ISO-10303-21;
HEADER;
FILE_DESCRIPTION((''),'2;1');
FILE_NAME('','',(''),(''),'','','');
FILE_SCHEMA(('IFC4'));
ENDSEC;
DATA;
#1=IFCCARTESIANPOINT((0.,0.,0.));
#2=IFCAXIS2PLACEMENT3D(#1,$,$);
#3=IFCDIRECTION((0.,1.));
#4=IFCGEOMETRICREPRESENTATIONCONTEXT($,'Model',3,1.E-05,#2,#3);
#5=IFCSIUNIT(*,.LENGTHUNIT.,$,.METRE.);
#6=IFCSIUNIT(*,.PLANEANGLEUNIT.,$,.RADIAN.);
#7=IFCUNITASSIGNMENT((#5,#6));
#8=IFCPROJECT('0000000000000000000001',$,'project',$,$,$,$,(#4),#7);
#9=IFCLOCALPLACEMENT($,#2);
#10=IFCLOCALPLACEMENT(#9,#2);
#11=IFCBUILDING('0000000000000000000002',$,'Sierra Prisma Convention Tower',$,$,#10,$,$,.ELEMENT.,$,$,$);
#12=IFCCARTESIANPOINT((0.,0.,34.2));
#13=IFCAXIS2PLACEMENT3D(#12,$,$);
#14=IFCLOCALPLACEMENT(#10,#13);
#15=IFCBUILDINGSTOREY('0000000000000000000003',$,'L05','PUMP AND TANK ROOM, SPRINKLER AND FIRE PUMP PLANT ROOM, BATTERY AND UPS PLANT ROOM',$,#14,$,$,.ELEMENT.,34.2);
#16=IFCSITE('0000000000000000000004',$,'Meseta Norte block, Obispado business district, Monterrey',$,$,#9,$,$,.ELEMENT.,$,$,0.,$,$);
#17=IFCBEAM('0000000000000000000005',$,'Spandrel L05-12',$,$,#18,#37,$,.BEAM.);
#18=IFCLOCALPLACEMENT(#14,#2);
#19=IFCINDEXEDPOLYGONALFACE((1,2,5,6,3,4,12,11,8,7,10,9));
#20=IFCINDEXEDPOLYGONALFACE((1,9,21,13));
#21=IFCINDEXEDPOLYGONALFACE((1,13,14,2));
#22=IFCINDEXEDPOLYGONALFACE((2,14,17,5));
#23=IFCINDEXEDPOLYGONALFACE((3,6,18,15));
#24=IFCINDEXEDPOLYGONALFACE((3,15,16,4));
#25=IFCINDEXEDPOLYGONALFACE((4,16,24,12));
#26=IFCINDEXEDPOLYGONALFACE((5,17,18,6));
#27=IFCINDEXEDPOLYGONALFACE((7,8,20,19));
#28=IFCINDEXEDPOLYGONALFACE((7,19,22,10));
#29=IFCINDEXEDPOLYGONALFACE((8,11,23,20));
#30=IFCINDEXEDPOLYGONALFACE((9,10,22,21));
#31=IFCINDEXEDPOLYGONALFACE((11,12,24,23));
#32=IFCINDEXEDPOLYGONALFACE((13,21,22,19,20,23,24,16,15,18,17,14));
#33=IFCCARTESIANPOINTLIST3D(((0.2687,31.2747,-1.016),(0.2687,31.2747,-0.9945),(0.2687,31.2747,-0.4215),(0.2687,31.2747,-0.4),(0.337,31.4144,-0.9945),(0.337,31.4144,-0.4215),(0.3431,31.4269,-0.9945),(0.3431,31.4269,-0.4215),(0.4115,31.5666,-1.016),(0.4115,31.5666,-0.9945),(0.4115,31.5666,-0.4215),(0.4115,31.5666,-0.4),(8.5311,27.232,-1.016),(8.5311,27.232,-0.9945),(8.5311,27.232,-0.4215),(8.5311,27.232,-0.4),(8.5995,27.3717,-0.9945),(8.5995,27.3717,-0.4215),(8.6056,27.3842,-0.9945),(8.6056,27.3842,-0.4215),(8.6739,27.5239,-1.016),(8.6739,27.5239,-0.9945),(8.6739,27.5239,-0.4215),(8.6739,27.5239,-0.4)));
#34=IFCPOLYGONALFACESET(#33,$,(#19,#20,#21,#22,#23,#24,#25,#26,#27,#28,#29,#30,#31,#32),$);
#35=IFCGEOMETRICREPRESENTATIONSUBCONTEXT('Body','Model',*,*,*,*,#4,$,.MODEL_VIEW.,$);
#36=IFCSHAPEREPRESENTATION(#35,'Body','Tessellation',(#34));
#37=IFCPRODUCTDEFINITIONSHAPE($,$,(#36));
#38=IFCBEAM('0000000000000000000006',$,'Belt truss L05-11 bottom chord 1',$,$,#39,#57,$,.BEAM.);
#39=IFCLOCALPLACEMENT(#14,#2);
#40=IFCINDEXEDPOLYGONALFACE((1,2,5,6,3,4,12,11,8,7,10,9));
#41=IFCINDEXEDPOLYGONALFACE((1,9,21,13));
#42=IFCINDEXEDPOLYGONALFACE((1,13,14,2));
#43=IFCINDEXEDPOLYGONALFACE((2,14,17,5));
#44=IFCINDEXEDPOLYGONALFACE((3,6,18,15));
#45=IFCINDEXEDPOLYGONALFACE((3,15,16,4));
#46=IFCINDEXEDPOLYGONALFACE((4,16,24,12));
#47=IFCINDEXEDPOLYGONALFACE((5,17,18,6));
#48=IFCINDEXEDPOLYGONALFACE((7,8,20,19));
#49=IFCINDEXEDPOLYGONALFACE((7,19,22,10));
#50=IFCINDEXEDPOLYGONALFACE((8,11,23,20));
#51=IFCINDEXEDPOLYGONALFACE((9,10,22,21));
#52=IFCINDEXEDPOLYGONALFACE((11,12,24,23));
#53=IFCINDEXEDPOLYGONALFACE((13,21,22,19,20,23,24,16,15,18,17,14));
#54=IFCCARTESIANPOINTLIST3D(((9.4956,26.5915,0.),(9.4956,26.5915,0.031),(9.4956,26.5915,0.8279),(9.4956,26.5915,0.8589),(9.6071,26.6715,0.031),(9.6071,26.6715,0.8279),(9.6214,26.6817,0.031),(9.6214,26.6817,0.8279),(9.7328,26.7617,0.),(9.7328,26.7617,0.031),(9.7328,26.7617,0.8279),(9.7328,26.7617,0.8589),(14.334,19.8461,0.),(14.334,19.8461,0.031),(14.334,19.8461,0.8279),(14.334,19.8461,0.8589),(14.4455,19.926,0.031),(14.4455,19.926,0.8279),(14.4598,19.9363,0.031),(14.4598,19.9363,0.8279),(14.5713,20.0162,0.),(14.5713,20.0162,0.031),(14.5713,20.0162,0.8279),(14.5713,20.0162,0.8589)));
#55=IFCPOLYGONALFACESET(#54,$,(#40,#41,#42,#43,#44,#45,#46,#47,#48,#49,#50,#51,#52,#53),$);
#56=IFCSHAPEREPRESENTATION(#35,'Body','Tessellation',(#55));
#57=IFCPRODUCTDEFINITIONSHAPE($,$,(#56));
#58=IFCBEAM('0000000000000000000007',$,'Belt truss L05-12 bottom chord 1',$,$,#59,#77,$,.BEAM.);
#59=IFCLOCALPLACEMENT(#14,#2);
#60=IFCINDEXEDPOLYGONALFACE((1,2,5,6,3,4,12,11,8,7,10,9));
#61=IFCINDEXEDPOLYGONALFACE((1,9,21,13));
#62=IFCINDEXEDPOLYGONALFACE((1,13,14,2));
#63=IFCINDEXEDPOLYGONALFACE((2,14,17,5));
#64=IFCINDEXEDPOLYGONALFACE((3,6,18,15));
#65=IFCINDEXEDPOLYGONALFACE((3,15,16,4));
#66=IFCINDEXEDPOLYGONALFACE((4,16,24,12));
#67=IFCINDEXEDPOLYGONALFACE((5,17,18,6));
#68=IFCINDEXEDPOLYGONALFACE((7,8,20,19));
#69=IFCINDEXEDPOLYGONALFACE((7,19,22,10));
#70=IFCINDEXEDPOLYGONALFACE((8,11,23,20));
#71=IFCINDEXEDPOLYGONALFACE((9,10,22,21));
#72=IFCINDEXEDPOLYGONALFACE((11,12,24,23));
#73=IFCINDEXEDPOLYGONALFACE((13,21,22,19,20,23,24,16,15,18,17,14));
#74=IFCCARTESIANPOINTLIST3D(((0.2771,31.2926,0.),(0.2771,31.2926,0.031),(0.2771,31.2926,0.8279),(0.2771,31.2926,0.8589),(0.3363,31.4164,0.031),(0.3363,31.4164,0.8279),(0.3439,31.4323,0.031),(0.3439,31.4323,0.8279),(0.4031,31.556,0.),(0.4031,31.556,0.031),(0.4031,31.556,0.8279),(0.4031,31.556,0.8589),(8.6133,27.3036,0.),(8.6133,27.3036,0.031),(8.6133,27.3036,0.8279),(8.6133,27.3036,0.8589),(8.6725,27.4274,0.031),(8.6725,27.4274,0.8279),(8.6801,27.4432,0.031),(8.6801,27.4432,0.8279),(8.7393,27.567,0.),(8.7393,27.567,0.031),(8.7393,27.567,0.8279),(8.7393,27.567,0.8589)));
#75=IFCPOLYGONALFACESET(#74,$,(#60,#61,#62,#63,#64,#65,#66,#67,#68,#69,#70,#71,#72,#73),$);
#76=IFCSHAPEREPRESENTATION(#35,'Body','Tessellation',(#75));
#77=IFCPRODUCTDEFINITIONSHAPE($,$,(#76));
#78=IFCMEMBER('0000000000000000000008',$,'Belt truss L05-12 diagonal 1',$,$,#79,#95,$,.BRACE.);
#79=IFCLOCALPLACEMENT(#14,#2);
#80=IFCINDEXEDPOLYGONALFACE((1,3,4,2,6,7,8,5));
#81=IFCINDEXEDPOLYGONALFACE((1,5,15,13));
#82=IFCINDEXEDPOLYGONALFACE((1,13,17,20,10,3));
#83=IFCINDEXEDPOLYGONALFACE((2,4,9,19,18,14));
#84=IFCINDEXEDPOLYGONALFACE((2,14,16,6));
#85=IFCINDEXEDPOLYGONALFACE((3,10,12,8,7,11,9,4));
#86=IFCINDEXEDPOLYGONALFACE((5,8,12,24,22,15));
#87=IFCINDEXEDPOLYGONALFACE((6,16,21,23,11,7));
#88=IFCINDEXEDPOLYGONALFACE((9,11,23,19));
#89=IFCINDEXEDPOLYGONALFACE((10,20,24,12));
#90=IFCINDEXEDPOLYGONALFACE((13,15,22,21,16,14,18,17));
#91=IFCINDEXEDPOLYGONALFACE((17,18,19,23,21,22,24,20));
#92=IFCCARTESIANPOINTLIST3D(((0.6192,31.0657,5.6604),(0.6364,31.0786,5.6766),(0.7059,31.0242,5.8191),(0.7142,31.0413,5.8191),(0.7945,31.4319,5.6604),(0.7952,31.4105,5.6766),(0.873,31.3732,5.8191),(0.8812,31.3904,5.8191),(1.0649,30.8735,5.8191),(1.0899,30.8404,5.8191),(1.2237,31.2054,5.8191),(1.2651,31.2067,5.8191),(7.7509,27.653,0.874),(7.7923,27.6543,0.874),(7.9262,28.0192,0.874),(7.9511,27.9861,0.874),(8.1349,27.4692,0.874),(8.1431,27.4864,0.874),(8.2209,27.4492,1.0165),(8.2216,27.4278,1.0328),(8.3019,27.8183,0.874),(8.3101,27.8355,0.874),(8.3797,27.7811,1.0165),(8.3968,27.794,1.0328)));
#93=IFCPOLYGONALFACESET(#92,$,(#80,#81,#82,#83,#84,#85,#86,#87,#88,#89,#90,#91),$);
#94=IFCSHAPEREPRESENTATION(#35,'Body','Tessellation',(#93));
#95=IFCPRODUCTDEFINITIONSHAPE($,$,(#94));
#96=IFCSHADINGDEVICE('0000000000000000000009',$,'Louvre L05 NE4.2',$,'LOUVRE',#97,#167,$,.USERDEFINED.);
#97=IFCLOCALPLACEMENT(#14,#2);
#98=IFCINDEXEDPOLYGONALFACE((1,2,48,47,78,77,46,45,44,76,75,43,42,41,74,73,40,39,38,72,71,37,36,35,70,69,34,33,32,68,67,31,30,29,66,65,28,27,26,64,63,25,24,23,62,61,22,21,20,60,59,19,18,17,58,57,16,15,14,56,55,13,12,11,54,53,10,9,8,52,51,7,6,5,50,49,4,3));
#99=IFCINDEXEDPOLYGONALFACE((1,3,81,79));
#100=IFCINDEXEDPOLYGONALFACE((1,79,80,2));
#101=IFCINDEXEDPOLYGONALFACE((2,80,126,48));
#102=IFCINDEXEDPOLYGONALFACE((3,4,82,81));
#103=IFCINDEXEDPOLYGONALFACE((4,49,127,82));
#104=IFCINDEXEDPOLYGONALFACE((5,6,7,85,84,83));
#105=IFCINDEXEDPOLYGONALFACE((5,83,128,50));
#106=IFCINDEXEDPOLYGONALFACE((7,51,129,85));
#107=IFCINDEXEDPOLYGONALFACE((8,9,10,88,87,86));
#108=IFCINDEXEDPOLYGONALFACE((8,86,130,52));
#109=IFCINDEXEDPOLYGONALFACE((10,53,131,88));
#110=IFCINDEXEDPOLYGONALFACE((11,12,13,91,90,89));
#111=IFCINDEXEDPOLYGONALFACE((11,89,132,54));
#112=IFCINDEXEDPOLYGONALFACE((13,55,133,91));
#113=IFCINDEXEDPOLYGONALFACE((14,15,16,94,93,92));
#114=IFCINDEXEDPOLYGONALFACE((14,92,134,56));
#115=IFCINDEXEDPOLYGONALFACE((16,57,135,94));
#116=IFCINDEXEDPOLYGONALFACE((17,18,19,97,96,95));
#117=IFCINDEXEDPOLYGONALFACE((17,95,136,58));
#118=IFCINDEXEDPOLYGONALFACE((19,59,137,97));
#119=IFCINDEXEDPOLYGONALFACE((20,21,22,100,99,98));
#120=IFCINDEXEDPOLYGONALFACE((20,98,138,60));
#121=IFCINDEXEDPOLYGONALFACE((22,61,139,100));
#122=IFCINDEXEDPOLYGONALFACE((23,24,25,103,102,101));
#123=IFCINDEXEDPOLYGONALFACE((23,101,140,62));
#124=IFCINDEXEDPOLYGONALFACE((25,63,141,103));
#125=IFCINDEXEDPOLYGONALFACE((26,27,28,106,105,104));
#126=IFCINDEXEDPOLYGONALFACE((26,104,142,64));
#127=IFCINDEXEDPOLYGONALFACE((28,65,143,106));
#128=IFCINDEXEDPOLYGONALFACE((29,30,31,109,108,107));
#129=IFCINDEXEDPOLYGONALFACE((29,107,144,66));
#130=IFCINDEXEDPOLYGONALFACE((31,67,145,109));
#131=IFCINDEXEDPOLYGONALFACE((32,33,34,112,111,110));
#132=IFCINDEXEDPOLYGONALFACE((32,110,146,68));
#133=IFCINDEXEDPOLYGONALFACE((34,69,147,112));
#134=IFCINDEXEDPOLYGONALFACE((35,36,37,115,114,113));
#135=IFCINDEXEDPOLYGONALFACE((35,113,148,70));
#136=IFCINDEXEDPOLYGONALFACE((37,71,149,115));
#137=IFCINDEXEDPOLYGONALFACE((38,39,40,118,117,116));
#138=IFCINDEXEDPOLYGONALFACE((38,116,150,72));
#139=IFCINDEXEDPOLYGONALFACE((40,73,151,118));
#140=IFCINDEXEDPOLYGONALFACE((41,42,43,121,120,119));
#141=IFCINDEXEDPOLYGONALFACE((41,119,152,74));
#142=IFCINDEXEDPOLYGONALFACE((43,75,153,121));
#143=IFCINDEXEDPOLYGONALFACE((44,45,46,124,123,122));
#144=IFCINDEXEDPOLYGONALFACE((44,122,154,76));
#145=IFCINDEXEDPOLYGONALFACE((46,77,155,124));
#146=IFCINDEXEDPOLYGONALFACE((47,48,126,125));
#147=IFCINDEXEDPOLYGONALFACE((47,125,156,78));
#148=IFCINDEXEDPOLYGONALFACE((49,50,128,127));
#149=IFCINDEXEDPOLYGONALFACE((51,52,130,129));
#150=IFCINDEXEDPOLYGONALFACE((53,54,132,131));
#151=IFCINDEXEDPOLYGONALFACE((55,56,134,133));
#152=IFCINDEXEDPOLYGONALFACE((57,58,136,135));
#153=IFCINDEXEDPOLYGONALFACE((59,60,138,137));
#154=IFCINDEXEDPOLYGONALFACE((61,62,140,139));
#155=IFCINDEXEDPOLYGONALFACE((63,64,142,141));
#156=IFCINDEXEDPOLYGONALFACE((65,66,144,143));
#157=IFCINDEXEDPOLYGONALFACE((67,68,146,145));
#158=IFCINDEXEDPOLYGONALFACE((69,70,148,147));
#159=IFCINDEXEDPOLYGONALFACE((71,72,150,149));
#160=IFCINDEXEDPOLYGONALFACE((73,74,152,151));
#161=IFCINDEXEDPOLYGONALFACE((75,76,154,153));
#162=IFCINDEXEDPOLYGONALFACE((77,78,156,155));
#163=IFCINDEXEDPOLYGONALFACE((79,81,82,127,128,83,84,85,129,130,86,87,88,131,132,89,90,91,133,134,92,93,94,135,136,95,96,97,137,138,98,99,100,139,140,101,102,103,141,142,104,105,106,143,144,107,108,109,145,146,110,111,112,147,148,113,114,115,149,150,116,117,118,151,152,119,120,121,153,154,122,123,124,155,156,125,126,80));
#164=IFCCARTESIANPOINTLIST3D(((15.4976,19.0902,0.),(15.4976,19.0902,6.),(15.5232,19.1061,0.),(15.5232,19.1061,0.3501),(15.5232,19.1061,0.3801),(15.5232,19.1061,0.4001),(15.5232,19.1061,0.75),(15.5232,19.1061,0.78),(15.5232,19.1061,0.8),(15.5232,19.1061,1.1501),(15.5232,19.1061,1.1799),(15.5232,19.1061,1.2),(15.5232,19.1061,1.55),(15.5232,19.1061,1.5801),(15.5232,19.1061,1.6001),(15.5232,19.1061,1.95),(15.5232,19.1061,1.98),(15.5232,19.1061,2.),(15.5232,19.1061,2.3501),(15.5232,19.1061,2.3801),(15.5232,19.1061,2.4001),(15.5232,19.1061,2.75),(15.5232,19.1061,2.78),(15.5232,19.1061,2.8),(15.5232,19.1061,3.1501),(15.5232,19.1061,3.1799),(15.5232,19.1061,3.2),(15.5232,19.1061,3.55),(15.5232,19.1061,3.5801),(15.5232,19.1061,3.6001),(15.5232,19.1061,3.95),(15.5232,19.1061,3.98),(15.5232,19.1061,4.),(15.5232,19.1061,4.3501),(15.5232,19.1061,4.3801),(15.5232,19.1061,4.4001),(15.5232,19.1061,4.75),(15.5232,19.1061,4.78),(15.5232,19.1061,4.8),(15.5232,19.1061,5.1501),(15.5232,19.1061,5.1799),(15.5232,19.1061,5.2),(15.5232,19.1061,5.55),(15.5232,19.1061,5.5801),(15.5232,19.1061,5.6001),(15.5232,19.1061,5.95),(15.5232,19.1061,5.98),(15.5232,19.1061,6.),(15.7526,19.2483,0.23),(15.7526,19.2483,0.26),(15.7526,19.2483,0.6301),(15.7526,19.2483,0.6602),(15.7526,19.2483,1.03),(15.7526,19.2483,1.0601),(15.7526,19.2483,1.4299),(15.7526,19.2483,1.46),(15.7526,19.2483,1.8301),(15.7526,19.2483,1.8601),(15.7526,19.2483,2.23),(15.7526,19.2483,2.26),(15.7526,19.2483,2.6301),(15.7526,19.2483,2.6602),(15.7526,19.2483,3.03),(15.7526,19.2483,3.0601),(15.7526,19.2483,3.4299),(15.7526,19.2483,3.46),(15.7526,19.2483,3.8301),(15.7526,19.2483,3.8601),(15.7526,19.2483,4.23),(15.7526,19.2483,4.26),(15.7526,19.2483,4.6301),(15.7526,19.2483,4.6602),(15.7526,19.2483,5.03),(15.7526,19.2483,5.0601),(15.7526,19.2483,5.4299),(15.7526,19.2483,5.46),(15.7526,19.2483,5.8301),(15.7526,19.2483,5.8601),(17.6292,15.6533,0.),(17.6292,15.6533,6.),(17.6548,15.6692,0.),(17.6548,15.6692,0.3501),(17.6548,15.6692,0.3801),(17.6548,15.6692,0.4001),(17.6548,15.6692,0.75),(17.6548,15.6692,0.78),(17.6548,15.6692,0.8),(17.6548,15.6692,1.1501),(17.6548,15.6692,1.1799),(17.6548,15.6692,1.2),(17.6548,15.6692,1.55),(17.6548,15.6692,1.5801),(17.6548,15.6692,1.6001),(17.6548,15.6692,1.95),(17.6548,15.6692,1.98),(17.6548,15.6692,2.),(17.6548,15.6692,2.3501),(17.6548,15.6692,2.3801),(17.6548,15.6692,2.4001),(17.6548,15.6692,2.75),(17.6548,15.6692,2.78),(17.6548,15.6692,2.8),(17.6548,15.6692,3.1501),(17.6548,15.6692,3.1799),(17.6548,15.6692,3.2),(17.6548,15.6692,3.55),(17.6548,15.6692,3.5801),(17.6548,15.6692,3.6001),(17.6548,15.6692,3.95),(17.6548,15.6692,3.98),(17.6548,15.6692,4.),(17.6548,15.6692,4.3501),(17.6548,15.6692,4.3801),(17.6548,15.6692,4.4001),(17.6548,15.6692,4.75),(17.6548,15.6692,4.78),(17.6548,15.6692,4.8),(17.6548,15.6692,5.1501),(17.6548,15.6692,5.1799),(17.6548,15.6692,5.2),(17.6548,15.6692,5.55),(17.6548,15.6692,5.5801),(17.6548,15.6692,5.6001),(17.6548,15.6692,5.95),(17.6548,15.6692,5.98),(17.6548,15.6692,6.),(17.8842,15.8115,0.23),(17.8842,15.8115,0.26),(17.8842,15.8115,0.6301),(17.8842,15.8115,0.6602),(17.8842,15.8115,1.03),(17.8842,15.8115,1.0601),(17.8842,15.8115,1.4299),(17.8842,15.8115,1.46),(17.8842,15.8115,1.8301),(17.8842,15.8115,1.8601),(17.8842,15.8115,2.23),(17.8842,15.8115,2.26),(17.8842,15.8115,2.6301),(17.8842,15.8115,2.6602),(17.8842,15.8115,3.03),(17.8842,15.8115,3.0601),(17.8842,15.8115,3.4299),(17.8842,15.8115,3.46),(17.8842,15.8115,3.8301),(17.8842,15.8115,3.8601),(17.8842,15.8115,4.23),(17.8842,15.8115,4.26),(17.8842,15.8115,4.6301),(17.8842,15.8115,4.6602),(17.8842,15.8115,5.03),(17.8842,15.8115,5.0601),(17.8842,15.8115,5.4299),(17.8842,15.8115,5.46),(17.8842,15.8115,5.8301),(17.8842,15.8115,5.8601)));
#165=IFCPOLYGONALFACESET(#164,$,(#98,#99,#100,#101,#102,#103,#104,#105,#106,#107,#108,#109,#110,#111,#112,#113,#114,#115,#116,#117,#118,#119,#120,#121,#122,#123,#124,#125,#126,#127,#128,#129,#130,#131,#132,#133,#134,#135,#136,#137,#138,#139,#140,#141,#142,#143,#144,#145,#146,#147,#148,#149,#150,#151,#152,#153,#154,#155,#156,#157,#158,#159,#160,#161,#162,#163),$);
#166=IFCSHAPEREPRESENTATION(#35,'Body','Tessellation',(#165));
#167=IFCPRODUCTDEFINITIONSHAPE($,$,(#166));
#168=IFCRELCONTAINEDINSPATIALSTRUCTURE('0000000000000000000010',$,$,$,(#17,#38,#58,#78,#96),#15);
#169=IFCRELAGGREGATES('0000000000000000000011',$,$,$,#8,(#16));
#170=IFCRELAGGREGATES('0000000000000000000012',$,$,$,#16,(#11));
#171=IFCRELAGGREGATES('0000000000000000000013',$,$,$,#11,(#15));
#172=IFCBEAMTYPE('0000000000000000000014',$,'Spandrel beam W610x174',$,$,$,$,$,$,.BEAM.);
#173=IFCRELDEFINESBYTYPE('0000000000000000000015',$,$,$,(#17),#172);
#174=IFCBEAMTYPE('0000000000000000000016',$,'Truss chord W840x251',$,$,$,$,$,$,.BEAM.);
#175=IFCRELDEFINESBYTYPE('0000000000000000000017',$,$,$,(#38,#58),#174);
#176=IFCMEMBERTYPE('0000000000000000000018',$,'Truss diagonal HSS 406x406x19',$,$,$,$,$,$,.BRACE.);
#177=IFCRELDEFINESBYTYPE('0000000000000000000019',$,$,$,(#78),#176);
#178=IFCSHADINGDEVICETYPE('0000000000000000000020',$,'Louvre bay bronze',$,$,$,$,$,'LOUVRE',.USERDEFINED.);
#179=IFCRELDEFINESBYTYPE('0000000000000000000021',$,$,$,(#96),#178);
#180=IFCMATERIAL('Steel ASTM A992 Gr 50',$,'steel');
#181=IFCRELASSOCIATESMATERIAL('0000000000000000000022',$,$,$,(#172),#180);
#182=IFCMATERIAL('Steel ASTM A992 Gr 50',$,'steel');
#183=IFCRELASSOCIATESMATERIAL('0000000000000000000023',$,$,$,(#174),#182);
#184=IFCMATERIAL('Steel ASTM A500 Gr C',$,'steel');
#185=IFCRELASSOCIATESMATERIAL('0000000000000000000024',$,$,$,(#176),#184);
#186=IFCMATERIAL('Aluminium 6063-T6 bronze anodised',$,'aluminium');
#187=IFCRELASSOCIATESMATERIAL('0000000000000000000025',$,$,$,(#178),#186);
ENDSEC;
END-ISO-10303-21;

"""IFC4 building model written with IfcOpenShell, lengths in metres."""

from ifc_helpers import new_model, si_unit, direction, frame, origin, origin_2d, place, context, subcontext, project, spatial, polyline, hollow_rectangle, i_section, outline, extrude, clip, halfspace, material, material_profile, profile_set, type_object, element, save


model = new_model("IFC4")

# Units and contexts
model_context = context("Model", 3, precision=1e-05, world=origin(), true_north=direction((0.0, 1.0)))
body_context = subcontext(model_context, "Body", "Model", "MODEL_VIEW")
ifc_project = project(units=[si_unit("LENGTHUNIT", "METRE"), si_unit("PLANEANGLEUNIT", "RADIAN")], contexts=[model_context])

# Site, building, storey
site_placement = place(None, origin())
site = spatial("IfcSite", under=ifc_project, at=site_placement, Name="Meseta Norte block, Obispado business district, Monterrey", CompositionType="ELEMENT", RefElevation=0.0)
building_placement = place(site_placement, origin())
building = spatial("IfcBuilding", under=site, at=building_placement, Name="Sierra Prisma Convention Tower", CompositionType="ELEMENT")
storey_placement = place(building_placement, frame((0.0, 0.0, 34.2)))
storey = spatial("IfcBuildingStorey", under=building, at=storey_placement, Name="L05", Description="PUMP AND TANK ROOM, SPRINKLER AND FIRE PUMP PLANT ROOM, BATTERY AND UPS PLANT ROOM", CompositionType="ELEMENT", Elevation=34.2)

# Beams
ifc_material_1 = material(Name="Steel ASTM A992 Gr 50", Category="steel")
ifc_material_profile_1 = material_profile(ifc_material_1, i_section(OverallWidth=0.325, OverallDepth=0.616, WebThickness=0.0139, FlangeThickness=0.0215, at=origin_2d()), Name="W610x174")
ifc_profile_set_1 = profile_set([ifc_material_profile_1], Name="Steel ASTM A992 Gr 50")
beam_type_1 = type_object("IfcBeamType", Name="Spandrel beam W610x174", PredefinedType="BEAM", material=ifc_profile_set_1)
beam_1_placement = place(storey_placement, frame((8.6025, 27.3779, -0.708), z_axis=(-0.898243, 0.4395, 0.0), x_axis=(-0.4395, -0.898243, 0.0)))
element("IfcBeam", 1, at=beam_1_placement, inside=storey, type_object=beam_type_1, Name="Spandrel L05-12", PredefinedType="BEAM", context=body_context, shape_type="SweptSolid", body=[
    extrude(i_section(OverallWidth=0.325, OverallDepth=0.616, WebThickness=0.0139, FlangeThickness=0.0215, at=origin_2d()), origin(), (0.0, 0.0, 1.0), 9.1985),
])
ifc_material_2 = material(Name="Steel ASTM A992 Gr 50", Category="steel")
ifc_material_profile_2 = material_profile(ifc_material_2, i_section(OverallWidth=0.292, OverallDepth=0.8589, WebThickness=0.0176, FlangeThickness=0.031, at=origin_2d()), Name="W840x251")
ifc_profile_set_2 = profile_set([ifc_material_profile_2], Name="Steel ASTM A992 Gr 50")
beam_type_2 = type_object("IfcBeamType", Name="Truss chord W840x251", PredefinedType="BEAM", material=ifc_profile_set_2)
beam_2_placement = place(storey_placement, frame((14.4526, 19.9312, 0.4294), z_axis=(-0.582853, 0.812577, 0.0), x_axis=(-0.812577, -0.582853, 0.0)))
element("IfcBeam", 2, at=beam_2_placement, inside=storey, type_object=beam_type_2, Name="Belt truss L05-11 bottom chord 1", PredefinedType="BEAM", context=body_context, shape_type="SweptSolid", body=[
    extrude(i_section(OverallWidth=0.292, OverallDepth=0.8589, WebThickness=0.0176, FlangeThickness=0.031, at=origin_2d()), origin(), (0.0, 0.0, 1.0), 8.3013),
])
beam_3_placement = place(storey_placement, frame((8.6763, 27.4353, 0.4294), z_axis=(-0.902044, 0.431644, 0.0), x_axis=(-0.431644, -0.902044, 0.0)))
element("IfcBeam", 3, at=beam_3_placement, inside=storey, type_object=beam_type_2, Name="Belt truss L05-12 bottom chord 1", PredefinedType="BEAM", context=body_context, shape_type="SweptSolid", body=[
    extrude(i_section(OverallWidth=0.292, OverallDepth=0.8589, WebThickness=0.0176, FlangeThickness=0.031, at=origin_2d()), origin(), (0.0, 0.0, 1.0), 9.2415),
])

# Member
ifc_material_3 = material(Name="Steel ASTM A500 Gr C", Category="steel")
ifc_material_profile_3 = material_profile(ifc_material_3, hollow_rectangle(XDim=0.406, YDim=0.406, WallThickness=0.019, at=origin_2d()), Name="Truss diagonal HSS 406x406x19")
ifc_profile_set_3 = profile_set([ifc_material_profile_3], Name="Steel ASTM A500 Gr C")
member_type = type_object("IfcMemberType", Name="Truss diagonal HSS 406x406x19", PredefinedType="BRACE", material=ifc_profile_set_3)
member_1_placement = place(storey_placement, frame((8.2144, 27.6562, 0.8591), z_axis=(-0.771652, 0.369256, 0.517883), x_axis=(-0.43165, -0.902041, 0.0)))
element("IfcMember", 4, at=member_1_placement, inside=storey, type_object=member_type, Name="Belt truss L05-12 diagonal 1", PredefinedType="BRACE", context=body_context, shape_type="SweptSolid", body=[
    clip(clip(extrude(hollow_rectangle(XDim=0.406, YDim=0.406, WallThickness=0.019, at=origin_2d()), origin(), (0.0, 0.0, 1.0), 9.6062), halfspace(frame((0.0, 0.0127, 0.0078), z_axis=(0.0, 0.855451, 0.517883), x_axis=(1.0, 0.0, 0.0)), True)), halfspace(frame((0.0, -0.0127, 9.5984), z_axis=(0.0, -0.855451, -0.517883), x_axis=(1.0, 0.0, 0.0)), True)),
])

# Shading device
ifc_material_4 = material(Name="Aluminium 6063-T6 bronze anodised", Category="aluminium")
shading_device_type = type_object("IfcShadingDeviceType", Name="Louvre bay bronze", ElementType="LOUVRE", PredefinedType="USERDEFINED", material=ifc_material_4)
shading_device_1_placement = place(storey_placement, frame((17.6292, 15.6533, 0.0), z_axis=(0.527067, -0.849823, 0.0), x_axis=(0.0, 0.0, 1.0)))
element("IfcShadingDevice", 5, at=shading_device_1_placement, inside=storey, type_object=shading_device_type, Name="Louvre L05 NE4.2", ObjectType="LOUVRE", PredefinedType="USERDEFINED", context=body_context, shape_type="SweptSolid", body=[
    extrude(outline(polyline([(0.0, 0.0), (6.0, 0.0), (6.0, -0.0301), (5.98, -0.0301), (5.8601, -0.3001), (5.8301, -0.3001), (5.95, -0.0301), (5.6001, -0.0301), (5.5801, -0.0301), (5.46, -0.3001), (5.4299, -0.3001), (5.55, -0.0301), (5.2, -0.0301), (5.1799, -0.0301), (5.0601, -0.3001), (5.03, -0.3001), (5.1501, -0.0301), (4.8, -0.0301), (4.78, -0.0301), (4.6602, -0.3001), (4.6301, -0.3001), (4.75, -0.0301), (4.4001, -0.0301), (4.3801, -0.0301), (4.26, -0.3001), (4.23, -0.3001), (4.3501, -0.0301), (4.0, -0.0301), (3.98, -0.0301), (3.8601, -0.3001), (3.8301, -0.3001), (3.95, -0.0301), (3.6001, -0.0301), (3.5801, -0.0301), (3.46, -0.3001), (3.4299, -0.3001), (3.55, -0.0301), (3.2, -0.0301), (3.1799, -0.0301), (3.0601, -0.3001), (3.03, -0.3001), (3.1501, -0.0301), (2.8, -0.0301), (2.78, -0.0301), (2.6602, -0.3001), (2.6301, -0.3001), (2.75, -0.0301), (2.4001, -0.0301), (2.3801, -0.0301), (2.26, -0.3001), (2.23, -0.3001), (2.3501, -0.0301), (2.0, -0.0301), (1.98, -0.0301), (1.8601, -0.3001), (1.8301, -0.3001), (1.95, -0.0301), (1.6001, -0.0301), (1.5801, -0.0301), (1.46, -0.3001), (1.4299, -0.3001), (1.55, -0.0301), (1.2, -0.0301), (1.1799, -0.0301), (1.0601, -0.3001), (1.03, -0.3001), (1.1501, -0.0301), (0.8, -0.0301), (0.78, -0.0301), (0.6602, -0.3001), (0.6301, -0.3001), (0.75, -0.0301), (0.4001, -0.0301), (0.3801, -0.0301), (0.26, -0.3001), (0.23, -0.3001), (0.3501, -0.0301), (0.0, -0.0301), (0.0, 0.0)])), origin(), (0.0, 0.0, -1.0), 4.0442),
])

save(model, "model.ifc")
